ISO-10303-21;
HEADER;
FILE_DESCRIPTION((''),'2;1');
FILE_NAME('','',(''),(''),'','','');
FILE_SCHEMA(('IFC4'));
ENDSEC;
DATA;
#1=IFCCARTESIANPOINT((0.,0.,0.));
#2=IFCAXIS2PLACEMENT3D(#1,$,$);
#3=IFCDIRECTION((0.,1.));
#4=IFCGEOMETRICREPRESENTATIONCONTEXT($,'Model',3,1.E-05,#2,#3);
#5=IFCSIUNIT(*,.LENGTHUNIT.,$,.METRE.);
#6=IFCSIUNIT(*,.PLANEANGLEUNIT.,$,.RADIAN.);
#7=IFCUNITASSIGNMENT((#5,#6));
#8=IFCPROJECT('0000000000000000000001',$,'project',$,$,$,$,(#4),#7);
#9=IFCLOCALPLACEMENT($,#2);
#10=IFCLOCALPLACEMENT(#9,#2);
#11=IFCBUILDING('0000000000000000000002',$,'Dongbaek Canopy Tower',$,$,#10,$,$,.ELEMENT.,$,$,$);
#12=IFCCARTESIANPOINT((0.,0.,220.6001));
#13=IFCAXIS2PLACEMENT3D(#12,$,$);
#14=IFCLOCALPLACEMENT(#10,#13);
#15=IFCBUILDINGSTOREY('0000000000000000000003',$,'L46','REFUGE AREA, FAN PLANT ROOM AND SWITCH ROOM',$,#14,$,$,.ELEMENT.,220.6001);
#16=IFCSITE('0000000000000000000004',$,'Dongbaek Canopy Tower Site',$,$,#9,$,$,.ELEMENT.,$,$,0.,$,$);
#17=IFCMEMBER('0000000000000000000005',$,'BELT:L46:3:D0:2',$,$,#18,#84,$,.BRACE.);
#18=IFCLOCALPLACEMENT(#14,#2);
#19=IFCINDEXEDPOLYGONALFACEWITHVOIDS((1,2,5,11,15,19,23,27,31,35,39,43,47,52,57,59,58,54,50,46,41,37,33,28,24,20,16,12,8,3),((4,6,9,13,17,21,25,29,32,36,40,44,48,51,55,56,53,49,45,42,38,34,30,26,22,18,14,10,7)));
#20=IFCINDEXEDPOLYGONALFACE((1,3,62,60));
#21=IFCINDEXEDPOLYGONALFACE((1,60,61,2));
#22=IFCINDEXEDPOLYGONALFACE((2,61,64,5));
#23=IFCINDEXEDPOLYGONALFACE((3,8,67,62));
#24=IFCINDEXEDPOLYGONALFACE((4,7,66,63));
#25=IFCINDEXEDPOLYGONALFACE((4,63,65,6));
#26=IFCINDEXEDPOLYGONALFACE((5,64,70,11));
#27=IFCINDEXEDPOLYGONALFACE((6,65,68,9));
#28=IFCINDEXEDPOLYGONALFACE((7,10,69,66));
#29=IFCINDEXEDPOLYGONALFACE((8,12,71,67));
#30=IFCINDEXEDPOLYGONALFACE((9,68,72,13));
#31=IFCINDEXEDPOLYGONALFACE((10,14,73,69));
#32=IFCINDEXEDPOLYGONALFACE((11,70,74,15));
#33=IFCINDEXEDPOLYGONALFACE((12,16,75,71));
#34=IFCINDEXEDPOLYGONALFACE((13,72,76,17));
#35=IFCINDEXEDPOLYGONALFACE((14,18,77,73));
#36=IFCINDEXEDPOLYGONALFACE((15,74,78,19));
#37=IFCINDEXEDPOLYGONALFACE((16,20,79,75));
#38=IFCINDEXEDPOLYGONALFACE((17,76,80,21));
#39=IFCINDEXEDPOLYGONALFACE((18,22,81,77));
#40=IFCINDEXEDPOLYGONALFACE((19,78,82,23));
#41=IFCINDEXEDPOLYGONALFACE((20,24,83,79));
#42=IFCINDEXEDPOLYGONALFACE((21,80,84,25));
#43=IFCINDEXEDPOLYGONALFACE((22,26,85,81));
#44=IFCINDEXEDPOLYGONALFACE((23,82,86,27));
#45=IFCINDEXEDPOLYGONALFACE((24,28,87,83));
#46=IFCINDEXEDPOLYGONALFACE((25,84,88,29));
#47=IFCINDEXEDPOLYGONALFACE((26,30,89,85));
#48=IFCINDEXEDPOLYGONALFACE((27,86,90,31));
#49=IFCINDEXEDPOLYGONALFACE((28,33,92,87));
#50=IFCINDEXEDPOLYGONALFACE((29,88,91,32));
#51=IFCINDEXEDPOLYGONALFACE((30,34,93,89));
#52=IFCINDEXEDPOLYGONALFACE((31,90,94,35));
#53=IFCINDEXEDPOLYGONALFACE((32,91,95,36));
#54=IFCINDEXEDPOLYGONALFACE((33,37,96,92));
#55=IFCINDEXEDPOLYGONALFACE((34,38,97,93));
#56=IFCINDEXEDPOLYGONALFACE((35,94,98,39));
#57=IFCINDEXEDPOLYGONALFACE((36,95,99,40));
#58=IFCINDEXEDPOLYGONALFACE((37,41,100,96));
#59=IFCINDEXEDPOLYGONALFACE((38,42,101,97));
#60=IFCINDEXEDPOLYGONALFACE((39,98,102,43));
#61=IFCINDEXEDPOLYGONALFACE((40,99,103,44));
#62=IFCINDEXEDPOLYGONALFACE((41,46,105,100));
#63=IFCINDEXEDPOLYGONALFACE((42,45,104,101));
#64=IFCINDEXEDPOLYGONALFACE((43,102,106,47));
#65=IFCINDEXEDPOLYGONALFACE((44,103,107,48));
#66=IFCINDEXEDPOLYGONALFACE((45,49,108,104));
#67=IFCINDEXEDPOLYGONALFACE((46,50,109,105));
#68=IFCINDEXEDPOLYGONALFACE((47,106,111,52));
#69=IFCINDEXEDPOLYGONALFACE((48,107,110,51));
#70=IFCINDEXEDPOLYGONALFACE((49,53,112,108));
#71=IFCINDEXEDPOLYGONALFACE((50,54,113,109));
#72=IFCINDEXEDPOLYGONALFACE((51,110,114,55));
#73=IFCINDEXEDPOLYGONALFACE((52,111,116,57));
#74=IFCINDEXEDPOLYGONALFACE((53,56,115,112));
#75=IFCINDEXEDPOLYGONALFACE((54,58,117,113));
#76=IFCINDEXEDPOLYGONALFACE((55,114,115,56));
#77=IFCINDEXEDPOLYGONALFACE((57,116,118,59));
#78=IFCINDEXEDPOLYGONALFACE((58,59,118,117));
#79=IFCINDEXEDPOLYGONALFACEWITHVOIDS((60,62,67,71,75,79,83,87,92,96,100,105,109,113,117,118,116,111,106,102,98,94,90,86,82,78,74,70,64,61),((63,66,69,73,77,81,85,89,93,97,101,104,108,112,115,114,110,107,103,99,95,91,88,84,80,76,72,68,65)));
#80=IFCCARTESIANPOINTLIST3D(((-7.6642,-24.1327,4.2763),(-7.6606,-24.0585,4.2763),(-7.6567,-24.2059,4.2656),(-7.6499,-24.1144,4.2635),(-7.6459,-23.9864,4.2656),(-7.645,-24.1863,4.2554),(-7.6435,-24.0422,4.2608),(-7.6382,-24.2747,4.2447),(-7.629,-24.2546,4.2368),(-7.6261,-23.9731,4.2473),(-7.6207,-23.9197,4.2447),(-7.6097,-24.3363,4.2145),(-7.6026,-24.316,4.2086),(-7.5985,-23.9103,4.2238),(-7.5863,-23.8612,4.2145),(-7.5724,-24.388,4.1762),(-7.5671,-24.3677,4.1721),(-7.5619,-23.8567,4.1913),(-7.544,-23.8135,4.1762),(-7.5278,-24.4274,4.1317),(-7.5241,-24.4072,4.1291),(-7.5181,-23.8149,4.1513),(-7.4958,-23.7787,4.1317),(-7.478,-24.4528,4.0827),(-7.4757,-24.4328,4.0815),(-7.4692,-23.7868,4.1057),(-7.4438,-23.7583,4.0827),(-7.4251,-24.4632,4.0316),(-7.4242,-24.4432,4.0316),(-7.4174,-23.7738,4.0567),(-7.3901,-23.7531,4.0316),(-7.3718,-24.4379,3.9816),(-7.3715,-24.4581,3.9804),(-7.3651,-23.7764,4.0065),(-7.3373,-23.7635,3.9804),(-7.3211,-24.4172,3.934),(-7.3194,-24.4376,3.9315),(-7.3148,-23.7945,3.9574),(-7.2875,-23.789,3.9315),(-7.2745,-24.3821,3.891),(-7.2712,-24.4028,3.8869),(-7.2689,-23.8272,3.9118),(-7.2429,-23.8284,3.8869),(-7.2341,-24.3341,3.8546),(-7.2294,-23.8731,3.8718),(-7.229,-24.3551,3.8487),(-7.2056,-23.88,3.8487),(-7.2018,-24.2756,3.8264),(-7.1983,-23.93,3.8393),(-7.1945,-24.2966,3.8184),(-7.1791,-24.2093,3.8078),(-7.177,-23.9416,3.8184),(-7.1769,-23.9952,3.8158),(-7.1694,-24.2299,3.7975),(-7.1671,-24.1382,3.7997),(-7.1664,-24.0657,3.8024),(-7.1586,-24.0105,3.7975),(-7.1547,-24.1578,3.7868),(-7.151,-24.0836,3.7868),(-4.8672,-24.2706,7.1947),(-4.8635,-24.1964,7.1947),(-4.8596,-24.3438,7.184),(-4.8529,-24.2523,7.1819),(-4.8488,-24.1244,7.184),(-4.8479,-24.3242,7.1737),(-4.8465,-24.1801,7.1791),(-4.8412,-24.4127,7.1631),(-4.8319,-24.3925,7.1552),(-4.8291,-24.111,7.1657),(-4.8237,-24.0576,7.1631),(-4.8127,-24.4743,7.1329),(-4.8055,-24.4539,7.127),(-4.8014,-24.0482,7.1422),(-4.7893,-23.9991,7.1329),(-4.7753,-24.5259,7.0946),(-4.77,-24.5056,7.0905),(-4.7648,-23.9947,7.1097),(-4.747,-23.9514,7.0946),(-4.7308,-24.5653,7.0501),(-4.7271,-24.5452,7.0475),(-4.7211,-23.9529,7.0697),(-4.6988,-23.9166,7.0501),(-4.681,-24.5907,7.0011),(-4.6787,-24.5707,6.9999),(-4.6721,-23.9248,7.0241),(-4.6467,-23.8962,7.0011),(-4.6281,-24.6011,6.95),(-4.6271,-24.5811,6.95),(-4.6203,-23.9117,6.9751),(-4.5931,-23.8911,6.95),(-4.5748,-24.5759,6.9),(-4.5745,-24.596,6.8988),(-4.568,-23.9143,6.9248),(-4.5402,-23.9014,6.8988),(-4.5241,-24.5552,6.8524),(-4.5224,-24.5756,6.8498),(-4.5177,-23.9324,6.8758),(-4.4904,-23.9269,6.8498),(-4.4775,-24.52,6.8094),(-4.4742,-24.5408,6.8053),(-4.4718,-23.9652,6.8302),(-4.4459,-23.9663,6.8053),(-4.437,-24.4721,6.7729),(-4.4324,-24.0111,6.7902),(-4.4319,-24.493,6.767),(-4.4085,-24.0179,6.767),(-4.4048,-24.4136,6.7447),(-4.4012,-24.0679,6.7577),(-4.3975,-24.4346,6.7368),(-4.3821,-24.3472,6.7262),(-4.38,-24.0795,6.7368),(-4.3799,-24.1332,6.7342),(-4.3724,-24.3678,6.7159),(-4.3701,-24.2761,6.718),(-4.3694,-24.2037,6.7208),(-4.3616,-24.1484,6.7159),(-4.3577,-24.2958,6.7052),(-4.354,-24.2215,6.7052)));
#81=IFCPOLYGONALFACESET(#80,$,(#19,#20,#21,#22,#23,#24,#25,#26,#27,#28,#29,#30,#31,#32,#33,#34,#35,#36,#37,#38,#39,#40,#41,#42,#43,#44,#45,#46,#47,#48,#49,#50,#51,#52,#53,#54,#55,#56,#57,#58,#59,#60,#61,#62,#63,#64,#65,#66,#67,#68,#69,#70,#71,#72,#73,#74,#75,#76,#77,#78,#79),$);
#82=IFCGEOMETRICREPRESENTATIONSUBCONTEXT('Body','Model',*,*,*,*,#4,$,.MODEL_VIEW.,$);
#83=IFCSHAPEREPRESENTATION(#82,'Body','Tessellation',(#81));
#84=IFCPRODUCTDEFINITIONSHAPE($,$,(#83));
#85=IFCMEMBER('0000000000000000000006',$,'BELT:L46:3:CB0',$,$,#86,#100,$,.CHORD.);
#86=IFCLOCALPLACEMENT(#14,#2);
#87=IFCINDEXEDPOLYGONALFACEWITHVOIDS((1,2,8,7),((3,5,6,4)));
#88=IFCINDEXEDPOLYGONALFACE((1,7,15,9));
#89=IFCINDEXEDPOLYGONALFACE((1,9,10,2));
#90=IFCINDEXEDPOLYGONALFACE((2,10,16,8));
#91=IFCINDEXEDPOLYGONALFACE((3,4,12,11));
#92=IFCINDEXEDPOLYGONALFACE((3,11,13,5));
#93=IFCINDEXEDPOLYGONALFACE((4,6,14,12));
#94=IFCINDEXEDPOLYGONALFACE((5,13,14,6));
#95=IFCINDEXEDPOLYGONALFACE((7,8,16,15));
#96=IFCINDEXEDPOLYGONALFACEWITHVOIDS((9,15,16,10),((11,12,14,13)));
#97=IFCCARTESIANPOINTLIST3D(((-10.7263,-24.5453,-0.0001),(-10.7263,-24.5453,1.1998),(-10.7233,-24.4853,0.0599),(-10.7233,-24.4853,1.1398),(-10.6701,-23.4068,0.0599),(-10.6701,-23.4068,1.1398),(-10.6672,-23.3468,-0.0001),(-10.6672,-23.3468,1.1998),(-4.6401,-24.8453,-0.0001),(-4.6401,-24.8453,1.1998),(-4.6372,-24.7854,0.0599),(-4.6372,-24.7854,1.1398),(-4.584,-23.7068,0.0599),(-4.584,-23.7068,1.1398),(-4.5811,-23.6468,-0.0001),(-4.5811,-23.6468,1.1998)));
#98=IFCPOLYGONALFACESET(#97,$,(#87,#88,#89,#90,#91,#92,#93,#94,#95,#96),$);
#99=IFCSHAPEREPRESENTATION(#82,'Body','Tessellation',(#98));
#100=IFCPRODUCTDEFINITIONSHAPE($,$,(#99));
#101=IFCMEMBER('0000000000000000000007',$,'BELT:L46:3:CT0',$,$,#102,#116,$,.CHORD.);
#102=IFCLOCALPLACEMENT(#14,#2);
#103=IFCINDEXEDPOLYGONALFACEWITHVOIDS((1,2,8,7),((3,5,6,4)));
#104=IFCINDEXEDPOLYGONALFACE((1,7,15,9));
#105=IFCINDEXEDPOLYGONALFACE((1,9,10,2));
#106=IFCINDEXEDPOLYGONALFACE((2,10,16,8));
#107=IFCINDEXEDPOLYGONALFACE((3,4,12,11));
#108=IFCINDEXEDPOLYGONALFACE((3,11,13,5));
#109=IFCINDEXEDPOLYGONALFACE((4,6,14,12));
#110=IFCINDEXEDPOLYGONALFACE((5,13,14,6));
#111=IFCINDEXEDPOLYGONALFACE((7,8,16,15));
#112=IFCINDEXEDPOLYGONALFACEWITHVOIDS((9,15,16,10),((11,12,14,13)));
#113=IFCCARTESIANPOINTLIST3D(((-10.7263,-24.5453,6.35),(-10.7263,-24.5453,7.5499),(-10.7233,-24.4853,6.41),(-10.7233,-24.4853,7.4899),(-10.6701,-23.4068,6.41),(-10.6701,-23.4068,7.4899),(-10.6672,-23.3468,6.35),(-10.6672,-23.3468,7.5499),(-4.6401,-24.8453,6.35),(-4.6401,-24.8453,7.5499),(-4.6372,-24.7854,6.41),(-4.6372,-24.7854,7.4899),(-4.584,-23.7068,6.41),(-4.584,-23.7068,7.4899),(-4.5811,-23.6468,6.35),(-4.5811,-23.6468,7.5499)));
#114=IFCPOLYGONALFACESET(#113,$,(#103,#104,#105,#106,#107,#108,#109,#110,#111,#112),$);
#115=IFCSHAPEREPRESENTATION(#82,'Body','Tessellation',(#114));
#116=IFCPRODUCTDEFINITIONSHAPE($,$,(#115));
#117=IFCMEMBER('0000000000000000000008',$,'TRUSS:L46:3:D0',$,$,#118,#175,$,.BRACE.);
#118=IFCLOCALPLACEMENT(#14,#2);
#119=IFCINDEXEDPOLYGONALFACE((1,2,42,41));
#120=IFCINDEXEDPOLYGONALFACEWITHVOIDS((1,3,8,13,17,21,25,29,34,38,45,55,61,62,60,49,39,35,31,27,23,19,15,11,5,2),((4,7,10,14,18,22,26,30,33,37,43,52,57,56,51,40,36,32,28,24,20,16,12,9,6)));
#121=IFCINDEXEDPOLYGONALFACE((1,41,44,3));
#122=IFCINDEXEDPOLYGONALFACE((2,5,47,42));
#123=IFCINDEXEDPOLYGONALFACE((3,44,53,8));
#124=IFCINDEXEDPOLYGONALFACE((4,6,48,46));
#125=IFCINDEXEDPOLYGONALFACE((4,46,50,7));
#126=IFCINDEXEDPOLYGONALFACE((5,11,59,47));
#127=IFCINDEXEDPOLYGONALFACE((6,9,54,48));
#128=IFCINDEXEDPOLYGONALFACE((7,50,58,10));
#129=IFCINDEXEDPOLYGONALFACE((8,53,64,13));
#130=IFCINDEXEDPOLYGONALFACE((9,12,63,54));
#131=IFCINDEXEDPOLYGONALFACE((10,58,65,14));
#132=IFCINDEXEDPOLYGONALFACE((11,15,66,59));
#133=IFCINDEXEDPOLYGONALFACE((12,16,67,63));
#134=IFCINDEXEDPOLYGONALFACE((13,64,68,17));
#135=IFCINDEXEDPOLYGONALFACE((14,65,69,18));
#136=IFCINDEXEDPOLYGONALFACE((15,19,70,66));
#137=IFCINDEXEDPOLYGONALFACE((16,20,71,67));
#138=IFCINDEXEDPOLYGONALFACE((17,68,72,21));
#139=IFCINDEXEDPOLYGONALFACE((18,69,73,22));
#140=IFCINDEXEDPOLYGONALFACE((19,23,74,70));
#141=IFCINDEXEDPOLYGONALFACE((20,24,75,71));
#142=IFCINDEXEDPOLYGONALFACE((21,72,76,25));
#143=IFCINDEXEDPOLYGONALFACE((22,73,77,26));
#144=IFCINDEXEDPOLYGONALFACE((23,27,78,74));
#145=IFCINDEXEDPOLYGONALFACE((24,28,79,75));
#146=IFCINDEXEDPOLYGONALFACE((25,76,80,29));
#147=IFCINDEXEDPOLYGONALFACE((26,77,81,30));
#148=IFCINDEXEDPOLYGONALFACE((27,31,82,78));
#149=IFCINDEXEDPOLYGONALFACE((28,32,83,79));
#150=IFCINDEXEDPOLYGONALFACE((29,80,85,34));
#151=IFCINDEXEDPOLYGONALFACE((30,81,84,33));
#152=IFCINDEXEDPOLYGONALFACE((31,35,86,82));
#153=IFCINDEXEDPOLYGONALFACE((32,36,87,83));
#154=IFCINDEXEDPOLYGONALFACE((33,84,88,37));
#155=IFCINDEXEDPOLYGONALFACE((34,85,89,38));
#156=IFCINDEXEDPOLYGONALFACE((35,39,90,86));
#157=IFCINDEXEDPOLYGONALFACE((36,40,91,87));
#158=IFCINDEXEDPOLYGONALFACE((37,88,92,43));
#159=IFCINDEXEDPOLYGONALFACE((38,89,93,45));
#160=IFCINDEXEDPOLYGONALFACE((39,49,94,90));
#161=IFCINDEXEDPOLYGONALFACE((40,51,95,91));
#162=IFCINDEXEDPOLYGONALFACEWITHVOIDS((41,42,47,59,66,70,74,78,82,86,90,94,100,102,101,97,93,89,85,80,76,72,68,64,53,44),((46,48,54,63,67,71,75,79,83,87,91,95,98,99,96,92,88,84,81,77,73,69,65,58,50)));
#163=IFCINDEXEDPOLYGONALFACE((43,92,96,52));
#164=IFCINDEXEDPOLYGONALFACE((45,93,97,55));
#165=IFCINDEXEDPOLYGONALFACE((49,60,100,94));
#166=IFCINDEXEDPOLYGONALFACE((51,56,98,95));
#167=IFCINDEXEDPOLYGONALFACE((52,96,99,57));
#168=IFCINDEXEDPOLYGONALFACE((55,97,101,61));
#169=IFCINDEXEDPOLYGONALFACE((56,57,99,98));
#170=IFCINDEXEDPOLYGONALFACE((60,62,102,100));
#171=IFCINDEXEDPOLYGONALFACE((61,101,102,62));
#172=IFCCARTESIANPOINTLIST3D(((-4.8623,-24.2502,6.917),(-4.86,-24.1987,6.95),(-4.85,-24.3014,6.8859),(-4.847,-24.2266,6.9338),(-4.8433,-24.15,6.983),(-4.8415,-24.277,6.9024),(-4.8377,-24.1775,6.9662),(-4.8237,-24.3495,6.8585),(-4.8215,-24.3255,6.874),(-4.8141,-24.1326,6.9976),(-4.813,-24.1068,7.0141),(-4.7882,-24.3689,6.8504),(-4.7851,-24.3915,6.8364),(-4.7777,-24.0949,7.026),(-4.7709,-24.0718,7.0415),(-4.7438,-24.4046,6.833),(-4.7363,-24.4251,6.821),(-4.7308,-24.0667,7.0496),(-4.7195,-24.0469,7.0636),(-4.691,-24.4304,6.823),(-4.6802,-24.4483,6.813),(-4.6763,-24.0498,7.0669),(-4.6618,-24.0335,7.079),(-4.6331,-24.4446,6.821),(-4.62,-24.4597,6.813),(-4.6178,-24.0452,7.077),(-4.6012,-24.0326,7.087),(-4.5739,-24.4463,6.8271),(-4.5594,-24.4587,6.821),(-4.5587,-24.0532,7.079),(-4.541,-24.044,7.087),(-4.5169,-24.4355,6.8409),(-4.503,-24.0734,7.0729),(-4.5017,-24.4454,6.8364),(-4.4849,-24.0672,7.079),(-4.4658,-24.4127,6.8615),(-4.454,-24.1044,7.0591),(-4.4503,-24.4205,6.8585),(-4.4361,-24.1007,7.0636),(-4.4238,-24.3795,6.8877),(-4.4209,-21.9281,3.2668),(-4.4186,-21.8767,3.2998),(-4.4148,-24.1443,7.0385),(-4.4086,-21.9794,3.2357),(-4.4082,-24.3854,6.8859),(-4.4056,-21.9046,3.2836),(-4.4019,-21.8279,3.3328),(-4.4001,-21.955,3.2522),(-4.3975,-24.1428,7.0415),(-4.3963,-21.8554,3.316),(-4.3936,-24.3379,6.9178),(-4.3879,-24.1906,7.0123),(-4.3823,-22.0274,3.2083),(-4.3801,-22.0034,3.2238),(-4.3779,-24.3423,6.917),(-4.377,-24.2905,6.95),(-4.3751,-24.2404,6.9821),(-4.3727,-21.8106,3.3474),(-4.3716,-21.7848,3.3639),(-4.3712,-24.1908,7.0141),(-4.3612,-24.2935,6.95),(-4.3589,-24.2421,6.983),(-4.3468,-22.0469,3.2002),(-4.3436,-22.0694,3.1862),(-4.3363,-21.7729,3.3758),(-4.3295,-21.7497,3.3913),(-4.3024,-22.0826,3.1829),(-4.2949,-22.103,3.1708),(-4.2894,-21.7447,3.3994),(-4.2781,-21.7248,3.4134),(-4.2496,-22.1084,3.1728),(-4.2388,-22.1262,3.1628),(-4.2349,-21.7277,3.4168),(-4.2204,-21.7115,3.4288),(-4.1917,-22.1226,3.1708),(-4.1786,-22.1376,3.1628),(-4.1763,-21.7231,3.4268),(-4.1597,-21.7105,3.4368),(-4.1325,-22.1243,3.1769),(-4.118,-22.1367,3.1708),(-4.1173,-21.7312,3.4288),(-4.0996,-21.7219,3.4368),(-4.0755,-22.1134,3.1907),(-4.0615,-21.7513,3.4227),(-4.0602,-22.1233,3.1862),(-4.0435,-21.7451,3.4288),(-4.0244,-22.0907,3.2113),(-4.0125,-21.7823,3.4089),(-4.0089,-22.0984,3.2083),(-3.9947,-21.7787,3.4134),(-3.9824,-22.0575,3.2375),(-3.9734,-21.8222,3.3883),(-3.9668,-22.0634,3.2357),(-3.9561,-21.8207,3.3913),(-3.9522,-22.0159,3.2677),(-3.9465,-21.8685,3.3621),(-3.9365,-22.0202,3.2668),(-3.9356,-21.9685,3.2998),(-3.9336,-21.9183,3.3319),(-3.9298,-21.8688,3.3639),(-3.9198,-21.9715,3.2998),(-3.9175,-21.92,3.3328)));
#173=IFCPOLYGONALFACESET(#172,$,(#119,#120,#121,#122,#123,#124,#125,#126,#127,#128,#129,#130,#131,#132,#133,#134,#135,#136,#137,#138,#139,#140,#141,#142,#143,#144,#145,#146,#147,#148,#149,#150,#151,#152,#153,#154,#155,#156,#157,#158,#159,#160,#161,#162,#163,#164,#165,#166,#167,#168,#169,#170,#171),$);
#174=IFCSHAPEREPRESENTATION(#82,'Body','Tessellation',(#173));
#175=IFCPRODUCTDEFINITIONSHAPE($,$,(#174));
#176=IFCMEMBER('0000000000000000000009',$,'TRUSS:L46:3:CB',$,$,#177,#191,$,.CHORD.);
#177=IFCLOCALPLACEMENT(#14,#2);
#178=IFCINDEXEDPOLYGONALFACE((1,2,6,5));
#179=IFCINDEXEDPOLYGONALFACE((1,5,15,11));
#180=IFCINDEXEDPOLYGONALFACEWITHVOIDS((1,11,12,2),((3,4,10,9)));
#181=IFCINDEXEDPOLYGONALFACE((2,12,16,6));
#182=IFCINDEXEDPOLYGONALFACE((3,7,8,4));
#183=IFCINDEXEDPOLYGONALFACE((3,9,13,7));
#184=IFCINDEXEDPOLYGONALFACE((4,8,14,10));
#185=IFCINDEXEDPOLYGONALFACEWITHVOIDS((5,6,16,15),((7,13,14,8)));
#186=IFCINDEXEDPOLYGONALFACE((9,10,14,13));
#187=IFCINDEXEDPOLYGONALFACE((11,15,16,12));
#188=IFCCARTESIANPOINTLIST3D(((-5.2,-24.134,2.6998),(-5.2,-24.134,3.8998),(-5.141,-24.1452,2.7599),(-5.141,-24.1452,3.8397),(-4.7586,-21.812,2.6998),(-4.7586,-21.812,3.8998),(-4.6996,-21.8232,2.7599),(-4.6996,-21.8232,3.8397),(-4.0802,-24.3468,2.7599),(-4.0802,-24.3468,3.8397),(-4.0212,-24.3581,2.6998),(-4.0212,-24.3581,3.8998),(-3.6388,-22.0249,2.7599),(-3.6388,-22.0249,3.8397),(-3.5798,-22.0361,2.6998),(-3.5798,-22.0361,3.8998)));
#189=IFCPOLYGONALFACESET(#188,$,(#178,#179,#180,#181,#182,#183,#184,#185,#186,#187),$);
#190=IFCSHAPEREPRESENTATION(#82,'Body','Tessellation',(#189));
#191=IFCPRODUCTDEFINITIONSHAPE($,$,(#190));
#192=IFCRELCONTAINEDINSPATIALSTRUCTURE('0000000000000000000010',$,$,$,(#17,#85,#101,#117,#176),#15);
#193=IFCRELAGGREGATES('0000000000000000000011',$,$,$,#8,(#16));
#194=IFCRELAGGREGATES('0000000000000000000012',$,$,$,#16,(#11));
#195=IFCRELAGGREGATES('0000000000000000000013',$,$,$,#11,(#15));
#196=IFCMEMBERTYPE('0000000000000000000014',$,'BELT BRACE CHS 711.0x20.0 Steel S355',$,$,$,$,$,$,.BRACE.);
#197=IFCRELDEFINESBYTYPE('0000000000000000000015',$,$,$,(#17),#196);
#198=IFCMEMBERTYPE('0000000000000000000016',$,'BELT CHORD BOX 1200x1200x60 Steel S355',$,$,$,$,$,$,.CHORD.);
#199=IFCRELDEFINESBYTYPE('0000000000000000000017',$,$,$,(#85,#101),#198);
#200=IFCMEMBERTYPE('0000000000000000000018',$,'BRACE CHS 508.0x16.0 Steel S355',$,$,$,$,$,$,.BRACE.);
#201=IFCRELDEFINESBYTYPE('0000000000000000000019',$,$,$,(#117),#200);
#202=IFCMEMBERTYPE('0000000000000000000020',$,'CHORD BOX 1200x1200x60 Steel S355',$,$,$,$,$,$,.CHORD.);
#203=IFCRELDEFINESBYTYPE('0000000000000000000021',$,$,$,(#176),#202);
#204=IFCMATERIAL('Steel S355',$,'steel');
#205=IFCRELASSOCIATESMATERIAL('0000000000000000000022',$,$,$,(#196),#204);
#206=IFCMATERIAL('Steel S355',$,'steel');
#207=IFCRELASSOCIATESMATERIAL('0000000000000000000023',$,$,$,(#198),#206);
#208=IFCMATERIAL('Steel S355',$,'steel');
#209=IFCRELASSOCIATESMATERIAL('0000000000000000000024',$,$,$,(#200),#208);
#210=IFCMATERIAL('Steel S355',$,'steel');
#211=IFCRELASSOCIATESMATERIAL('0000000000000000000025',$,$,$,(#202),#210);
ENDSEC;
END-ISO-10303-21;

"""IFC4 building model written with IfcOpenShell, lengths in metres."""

from ifc_helpers import new_model, si_unit, direction, frame, origin, origin_2d, place, context, subcontext, project, spatial, hollow_rectangle, hollow_circle, extrude, material, material_profile, profile_set, type_object, element, save


model = new_model("IFC4")

# Units and contexts
model_context = context("Model", 3, precision=1e-05, world=origin(), true_north=direction((0.0, 1.0)))
body_context = subcontext(model_context, "Body", "Model", "MODEL_VIEW")
ifc_project = project(units=[si_unit("LENGTHUNIT", "METRE"), si_unit("PLANEANGLEUNIT", "RADIAN")], contexts=[model_context])

# Site, building, storey
site_placement = place(None, origin())
site = spatial("IfcSite", under=ifc_project, at=site_placement, Name="Dongbaek Canopy Tower Site", CompositionType="ELEMENT", RefElevation=0.0)
building_placement = place(site_placement, origin())
building = spatial("IfcBuilding", under=site, at=building_placement, Name="Dongbaek Canopy Tower", CompositionType="ELEMENT")
storey_placement = place(building_placement, frame((0.0, 0.0, 220.6001)))
storey = spatial("IfcBuildingStorey", under=building, at=storey_placement, Name="L46", Description="REFUGE AREA, FAN PLANT ROOM AND SWITCH ROOM", CompositionType="ELEMENT", Elevation=220.6001)

# Members
ifc_material_1 = material(Name="Steel S355", Category="steel")
ifc_material_profile_1 = material_profile(ifc_material_1, hollow_circle(Radius=0.3555, WallThickness=0.02, at=origin_2d()), Name="BELT BRACE CHS 711.0x20.0 Steel S355")
ifc_profile_set_1 = profile_set([ifc_material_profile_1], Name="Steel S355")
member_type_1 = type_object("IfcMemberType", Name="BELT BRACE CHS 711.0x20.0 Steel S355", PredefinedType="BRACE", material=ifc_profile_set_1)
member_1_placement = place(storey_placement, frame((-4.6106, -24.2461, 6.95), z_axis=(-0.691537, 0.034103, -0.721536), x_axis=(-0.049255, -0.998786, 0.0)))
element("IfcMember", 1, at=member_1_placement, inside=storey, type_object=member_type_1, Name="BELT:L46:3:D0:2", PredefinedType="BRACE", context=body_context, shape_type="SweptSolid", body=[
    extrude(hollow_circle(Radius=0.3555, WallThickness=0.02, at=origin_2d()), origin(), (0.0, 0.0, 1.0), 4.0447),
])
ifc_material_2 = material(Name="Steel S355", Category="steel")
ifc_material_profile_2 = material_profile(ifc_material_2, hollow_rectangle(XDim=1.2, YDim=1.2, WallThickness=0.0601, at=origin_2d()), Name="BELT CHORD BOX 1200x1200x60 Steel S355")
ifc_profile_set_2 = profile_set([ifc_material_profile_2], Name="Steel S355")
member_type_2 = type_object("IfcMemberType", Name="BELT CHORD BOX 1200x1200x60 Steel S355", PredefinedType="CHORD", material=ifc_profile_set_2)
for number, where, z_axis, x_axis, name in (
    (2, (-4.6106, -24.2461, 0.5999), (-0.998787, 0.04924, 0.0), (-0.04924, -0.998787, 0.0), "BELT:L46:3:CB0"),
    (3, (-4.6106, -24.2461, 6.95), (-0.998787, 0.04924, 0.0), (-0.04924, -0.998787, 0.0), "BELT:L46:3:CT0"),
):
    element("IfcMember", number, at=place(storey_placement, frame(where, z_axis=z_axis, x_axis=x_axis)), inside=storey, type_object=member_type_2, Name=name, PredefinedType="CHORD", context=body_context, shape_type="SweptSolid", body=[
        extrude(hollow_rectangle(XDim=1.2, YDim=1.2, WallThickness=0.0601, at=origin_2d()), origin(), (0.0, 0.0, 1.0), 6.0935),
    ])
ifc_material_3 = material(Name="Steel S355", Category="steel")
ifc_material_profile_3 = material_profile(ifc_material_3, hollow_circle(Radius=0.2539, WallThickness=0.0161, at=origin_2d()), Name="BRACE CHS 508.0x16.0 Steel S355")
ifc_profile_set_3 = profile_set([ifc_material_profile_3], Name="Steel S355")
member_type_3 = type_object("IfcMemberType", Name="BRACE CHS 508.0x16.0 Steel S355", PredefinedType="BRACE", material=ifc_profile_set_3)
member_2_placement = place(storey_placement, frame((-4.1692, -21.9241, 3.2998), z_axis=(-0.101506, -0.533972, 0.839387), x_axis=(0.982407, -0.186751, 0.0)))
element("IfcMember", 4, at=member_2_placement, inside=storey, type_object=member_type_3, Name="TRUSS:L46:3:D0", PredefinedType="BRACE", context=body_context, shape_type="SweptSolid", body=[
    extrude(hollow_circle(Radius=0.2539, WallThickness=0.0161, at=origin_2d()), origin(), (0.0, 0.0, 1.0), 4.3486),
])
ifc_material_4 = material(Name="Steel S355", Category="steel")
ifc_material_profile_4 = material_profile(ifc_material_4, hollow_rectangle(XDim=1.2, YDim=1.2, WallThickness=0.0601, at=origin_2d()), Name="CHORD BOX 1200x1200x60 Steel S355")
ifc_profile_set_4 = profile_set([ifc_material_profile_4], Name="Steel S355")
member_type_4 = type_object("IfcMemberType", Name="CHORD BOX 1200x1200x60 Steel S355", PredefinedType="CHORD", material=ifc_profile_set_4)
for number, where, z_axis, x_axis, name in (
    (5, (-4.1692, -21.9241, 3.2998), (-0.186751, -0.982407, 0.0), (0.982407, -0.186751, 0.0), "TRUSS:L46:3:CB"),
):
    element("IfcMember", number, at=place(storey_placement, frame(where, z_axis=z_axis, x_axis=x_axis)), inside=storey, type_object=member_type_4, Name=name, PredefinedType="CHORD", context=body_context, shape_type="SweptSolid", body=[
        extrude(hollow_rectangle(XDim=1.2, YDim=1.2, WallThickness=0.0601, at=origin_2d()), origin(), (0.0, 0.0, 1.0), 2.3635),
    ])

save(model, "model.ifc")
